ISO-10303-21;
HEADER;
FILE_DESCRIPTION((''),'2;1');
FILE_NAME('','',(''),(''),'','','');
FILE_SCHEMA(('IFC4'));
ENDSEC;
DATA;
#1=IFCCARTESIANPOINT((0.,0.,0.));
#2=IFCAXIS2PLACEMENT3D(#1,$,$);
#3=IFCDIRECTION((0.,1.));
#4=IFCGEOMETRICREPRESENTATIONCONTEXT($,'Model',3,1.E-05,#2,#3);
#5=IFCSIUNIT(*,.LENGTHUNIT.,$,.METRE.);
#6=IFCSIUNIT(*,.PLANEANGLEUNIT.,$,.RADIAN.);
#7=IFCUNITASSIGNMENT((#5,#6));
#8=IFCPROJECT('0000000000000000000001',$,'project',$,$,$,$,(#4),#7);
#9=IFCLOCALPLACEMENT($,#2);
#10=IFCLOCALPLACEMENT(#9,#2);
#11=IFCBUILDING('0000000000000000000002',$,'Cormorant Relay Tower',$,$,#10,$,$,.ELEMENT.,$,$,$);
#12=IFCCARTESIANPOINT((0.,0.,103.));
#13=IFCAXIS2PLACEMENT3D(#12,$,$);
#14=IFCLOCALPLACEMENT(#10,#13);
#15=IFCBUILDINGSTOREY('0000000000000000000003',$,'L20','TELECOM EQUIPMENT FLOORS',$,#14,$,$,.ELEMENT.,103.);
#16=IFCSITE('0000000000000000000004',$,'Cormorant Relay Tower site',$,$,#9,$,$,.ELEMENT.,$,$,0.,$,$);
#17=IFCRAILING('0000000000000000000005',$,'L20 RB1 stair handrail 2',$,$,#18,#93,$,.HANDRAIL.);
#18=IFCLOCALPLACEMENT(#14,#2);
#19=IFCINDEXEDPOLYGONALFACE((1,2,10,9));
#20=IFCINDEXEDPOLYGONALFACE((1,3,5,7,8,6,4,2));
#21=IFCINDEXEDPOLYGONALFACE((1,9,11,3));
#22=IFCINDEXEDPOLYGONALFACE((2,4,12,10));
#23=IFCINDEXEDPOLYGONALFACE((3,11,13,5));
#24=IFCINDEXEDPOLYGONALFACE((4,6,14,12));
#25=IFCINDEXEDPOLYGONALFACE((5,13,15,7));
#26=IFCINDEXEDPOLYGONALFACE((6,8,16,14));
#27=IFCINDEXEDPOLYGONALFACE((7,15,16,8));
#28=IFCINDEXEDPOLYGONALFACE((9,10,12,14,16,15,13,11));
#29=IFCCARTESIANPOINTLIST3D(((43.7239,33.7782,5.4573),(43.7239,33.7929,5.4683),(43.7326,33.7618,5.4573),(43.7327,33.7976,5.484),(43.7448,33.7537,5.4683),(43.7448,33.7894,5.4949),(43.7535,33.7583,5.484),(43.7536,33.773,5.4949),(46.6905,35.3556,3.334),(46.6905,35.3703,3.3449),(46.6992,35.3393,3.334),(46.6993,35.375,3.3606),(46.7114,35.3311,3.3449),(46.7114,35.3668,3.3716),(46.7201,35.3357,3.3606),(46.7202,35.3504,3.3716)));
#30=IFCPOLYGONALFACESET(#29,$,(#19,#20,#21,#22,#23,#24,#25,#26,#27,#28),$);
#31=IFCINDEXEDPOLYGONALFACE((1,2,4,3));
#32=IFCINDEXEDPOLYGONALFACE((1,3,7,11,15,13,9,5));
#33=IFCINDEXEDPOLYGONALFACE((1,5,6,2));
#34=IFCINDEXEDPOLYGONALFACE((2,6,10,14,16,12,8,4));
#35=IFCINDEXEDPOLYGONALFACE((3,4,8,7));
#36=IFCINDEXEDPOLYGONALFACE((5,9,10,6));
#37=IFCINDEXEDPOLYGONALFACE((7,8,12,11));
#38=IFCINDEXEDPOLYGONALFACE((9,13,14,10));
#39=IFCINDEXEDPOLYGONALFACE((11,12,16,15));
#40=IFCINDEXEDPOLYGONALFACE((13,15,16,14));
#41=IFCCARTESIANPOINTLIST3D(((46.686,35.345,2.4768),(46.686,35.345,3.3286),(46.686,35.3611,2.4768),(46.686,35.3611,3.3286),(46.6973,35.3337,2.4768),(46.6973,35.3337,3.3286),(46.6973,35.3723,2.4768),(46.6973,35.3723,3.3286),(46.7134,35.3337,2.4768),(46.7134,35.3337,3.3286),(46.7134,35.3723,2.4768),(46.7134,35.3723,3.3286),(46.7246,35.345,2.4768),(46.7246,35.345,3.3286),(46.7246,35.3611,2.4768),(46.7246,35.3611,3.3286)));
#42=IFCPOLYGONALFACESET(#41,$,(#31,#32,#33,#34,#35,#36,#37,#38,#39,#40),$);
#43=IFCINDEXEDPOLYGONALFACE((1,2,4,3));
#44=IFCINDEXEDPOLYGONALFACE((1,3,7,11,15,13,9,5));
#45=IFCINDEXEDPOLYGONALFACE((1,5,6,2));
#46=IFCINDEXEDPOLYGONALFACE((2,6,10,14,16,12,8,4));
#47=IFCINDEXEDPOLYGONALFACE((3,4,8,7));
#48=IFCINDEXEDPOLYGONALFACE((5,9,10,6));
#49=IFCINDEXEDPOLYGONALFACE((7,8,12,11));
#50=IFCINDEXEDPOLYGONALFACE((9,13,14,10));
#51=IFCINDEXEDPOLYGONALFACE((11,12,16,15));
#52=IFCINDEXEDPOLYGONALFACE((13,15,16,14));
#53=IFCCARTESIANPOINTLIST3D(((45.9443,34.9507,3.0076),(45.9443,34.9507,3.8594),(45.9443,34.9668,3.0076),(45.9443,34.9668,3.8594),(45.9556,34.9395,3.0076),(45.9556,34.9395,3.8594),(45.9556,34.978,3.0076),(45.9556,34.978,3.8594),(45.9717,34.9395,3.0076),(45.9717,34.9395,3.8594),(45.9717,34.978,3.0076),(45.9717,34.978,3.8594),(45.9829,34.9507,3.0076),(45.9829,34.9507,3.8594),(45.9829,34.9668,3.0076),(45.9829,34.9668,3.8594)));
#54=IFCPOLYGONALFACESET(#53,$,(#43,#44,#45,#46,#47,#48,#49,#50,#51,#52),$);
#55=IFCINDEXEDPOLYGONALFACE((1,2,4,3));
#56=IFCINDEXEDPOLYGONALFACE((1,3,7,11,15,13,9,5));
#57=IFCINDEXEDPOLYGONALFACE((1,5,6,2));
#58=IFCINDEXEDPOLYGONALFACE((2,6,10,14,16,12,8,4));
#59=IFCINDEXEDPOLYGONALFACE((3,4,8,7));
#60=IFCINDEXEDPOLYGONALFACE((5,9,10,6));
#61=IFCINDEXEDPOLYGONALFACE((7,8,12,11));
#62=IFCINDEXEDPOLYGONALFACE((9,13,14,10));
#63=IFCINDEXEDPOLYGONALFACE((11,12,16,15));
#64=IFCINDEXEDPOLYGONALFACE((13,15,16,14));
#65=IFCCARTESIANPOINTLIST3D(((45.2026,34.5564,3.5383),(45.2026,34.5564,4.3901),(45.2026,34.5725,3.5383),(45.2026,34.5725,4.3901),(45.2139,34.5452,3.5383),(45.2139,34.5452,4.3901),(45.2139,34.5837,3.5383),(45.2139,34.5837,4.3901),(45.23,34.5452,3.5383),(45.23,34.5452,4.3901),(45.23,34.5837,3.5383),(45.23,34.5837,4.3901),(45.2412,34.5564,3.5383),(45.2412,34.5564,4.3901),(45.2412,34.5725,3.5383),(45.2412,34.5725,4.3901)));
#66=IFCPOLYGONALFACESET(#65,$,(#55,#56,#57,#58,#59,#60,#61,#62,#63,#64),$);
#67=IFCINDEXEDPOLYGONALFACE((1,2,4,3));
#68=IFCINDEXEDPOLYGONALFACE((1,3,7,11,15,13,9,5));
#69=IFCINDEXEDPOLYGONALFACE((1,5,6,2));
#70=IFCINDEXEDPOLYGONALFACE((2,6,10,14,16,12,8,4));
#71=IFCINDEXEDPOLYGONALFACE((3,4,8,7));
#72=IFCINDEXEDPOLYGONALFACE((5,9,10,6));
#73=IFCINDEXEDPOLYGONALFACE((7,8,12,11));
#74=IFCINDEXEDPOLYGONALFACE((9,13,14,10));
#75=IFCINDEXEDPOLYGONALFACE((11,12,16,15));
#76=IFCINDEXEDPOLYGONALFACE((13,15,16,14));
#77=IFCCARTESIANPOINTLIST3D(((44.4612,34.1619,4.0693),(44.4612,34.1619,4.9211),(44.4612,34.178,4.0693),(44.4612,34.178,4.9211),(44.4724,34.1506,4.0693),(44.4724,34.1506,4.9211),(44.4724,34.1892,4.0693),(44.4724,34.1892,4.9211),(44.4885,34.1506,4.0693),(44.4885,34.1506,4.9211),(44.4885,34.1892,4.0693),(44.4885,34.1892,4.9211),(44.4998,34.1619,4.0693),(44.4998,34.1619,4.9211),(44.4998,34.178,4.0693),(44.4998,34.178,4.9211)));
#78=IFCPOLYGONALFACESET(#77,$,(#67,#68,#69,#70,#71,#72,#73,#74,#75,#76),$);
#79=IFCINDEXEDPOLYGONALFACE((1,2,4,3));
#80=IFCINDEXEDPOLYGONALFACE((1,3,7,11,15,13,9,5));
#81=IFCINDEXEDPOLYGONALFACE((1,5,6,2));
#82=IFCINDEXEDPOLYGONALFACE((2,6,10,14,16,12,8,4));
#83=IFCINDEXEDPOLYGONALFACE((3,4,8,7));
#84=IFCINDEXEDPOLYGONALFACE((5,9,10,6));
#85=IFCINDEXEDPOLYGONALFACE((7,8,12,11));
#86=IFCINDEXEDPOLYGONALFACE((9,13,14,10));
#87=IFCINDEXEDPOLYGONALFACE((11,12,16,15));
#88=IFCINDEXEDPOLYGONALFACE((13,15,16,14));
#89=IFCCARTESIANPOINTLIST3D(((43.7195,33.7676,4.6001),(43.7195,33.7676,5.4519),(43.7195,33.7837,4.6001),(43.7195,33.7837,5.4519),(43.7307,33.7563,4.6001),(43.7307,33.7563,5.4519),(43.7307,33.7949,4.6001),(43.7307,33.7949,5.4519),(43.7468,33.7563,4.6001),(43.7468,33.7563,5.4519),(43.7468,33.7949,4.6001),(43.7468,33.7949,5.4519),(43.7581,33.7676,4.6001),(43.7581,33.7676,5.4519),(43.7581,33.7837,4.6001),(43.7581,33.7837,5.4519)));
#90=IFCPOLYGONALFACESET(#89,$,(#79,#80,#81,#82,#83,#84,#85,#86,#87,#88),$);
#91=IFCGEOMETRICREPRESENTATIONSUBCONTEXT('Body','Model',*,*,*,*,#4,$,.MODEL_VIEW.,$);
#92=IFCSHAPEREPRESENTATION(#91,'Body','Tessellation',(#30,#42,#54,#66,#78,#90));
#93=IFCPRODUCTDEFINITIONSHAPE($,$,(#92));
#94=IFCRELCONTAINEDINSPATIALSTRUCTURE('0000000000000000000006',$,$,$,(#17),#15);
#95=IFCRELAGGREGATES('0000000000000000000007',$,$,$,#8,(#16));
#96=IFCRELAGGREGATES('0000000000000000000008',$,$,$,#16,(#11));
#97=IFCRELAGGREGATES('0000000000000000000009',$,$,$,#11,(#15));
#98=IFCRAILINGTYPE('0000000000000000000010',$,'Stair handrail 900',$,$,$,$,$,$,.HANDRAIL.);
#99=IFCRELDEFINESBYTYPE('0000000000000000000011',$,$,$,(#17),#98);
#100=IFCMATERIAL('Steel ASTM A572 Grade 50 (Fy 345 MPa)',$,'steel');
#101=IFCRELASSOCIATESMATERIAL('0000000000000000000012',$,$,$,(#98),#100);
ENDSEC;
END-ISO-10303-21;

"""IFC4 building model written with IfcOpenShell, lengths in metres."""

from ifc_helpers import new_model, si_unit, direction, frame, origin, place, context, subcontext, project, spatial, polyline, outline, extrude, material, type_object, element, save


model = new_model("IFC4")

# Units and contexts
model_context = context("Model", 3, precision=1e-05, world=origin(), true_north=direction((0.0, 1.0)))
body_context = subcontext(model_context, "Body", "Model", "MODEL_VIEW")
ifc_project = project(units=[si_unit("LENGTHUNIT", "METRE"), si_unit("PLANEANGLEUNIT", "RADIAN")], contexts=[model_context])

# Site, building, storey
site_placement = place(None, origin())
site = spatial("IfcSite", under=ifc_project, at=site_placement, Name="Cormorant Relay Tower site", CompositionType="ELEMENT", RefElevation=0.0)
building_placement = place(site_placement, origin())
building = spatial("IfcBuilding", under=site, at=building_placement, Name="Cormorant Relay Tower", CompositionType="ELEMENT")
storey_placement = place(building_placement, frame((0.0, 0.0, 103.0)))
storey = spatial("IfcBuildingStorey", under=building, at=storey_placement, Name="L20", Description="TELECOM EQUIPMENT FLOORS", CompositionType="ELEMENT", Elevation=103.0)

# Railing
ifc_material_1 = material(Name="Steel ASTM A572 Grade 50 (Fy 345 MPa)", Category="steel")
railing_type_1 = type_object("IfcRailingType", Name="Stair handrail 900", PredefinedType="HANDRAIL", material=ifc_material_1)
railing_1_placement = place(storey_placement, frame((46.7053, 35.353, 2.4768)))
element("IfcRailing", 1, at=railing_1_placement, inside=storey, type_object=railing_type_1, Name="L20 RB1 stair handrail 2", PredefinedType="HANDRAIL", context=body_context, shape_type="SweptSolid", body=[
    extrude(outline(polyline([(0.0222, 0.0093), (0.0093, 0.0222), (-0.0093, 0.0222), (-0.0222, 0.0093), (-0.0222, -0.0093), (-0.0093, -0.0222), (0.0093, -0.0222), (0.0222, -0.0093), (0.0222, 0.0093)])), frame((0.0, 0.0, 0.876), z_axis=(-0.746389, -0.396874, 0.534223), x_axis=(0.469483, -0.882942, 0.0)), (0.0, 0.0, 1.0), 3.9746),
    extrude(outline(polyline([(0.0193, 0.0081), (0.0081, 0.0193), (-0.0081, 0.0193), (-0.0193, 0.0081), (-0.0193, -0.0081), (-0.0081, -0.0193), (0.0081, -0.0193), (0.0193, -0.0081), (0.0193, 0.0081)])), origin(), (0.0, 0.0, 1.0), 0.8518),
    extrude(outline(polyline([(0.0193, 0.0081), (0.0081, 0.0193), (-0.0081, 0.0193), (-0.0193, 0.0081), (-0.0193, -0.0081), (-0.0081, -0.0193), (0.0081, -0.0193), (0.0193, -0.0081), (0.0193, 0.0081)])), frame((-0.7417, -0.3943, 0.5308)), (0.0, 0.0, 1.0), 0.8518),
    extrude(outline(polyline([(0.0193, 0.0081), (0.0081, 0.0193), (-0.0081, 0.0193), (-0.0193, 0.0081), (-0.0193, -0.0081), (-0.0081, -0.0193), (0.0081, -0.0193), (0.0193, -0.0081), (0.0193, 0.0081)])), frame((-1.4834, -0.7886, 1.0615)), (0.0, 0.0, 1.0), 0.8518),
    extrude(outline(polyline([(0.0193, 0.0081), (0.0081, 0.0193), (-0.0081, 0.0193), (-0.0193, 0.0081), (-0.0193, -0.0081), (-0.0081, -0.0193), (0.0081, -0.0193), (0.0193, -0.0081), (0.0193, 0.0081)])), frame((-2.2249, -1.1831, 1.5925)), (0.0, 0.0, 1.0), 0.8518),
    extrude(outline(polyline([(0.0193, 0.0081), (0.0081, 0.0193), (-0.0081, 0.0193), (-0.0193, 0.0081), (-0.0193, -0.0081), (-0.0081, -0.0193), (0.0081, -0.0193), (0.0193, -0.0081), (0.0193, 0.0081)])), frame((-2.9666, -1.5774, 2.1233)), (0.0, 0.0, 1.0), 0.8518),
])

save(model, "model.ifc")
